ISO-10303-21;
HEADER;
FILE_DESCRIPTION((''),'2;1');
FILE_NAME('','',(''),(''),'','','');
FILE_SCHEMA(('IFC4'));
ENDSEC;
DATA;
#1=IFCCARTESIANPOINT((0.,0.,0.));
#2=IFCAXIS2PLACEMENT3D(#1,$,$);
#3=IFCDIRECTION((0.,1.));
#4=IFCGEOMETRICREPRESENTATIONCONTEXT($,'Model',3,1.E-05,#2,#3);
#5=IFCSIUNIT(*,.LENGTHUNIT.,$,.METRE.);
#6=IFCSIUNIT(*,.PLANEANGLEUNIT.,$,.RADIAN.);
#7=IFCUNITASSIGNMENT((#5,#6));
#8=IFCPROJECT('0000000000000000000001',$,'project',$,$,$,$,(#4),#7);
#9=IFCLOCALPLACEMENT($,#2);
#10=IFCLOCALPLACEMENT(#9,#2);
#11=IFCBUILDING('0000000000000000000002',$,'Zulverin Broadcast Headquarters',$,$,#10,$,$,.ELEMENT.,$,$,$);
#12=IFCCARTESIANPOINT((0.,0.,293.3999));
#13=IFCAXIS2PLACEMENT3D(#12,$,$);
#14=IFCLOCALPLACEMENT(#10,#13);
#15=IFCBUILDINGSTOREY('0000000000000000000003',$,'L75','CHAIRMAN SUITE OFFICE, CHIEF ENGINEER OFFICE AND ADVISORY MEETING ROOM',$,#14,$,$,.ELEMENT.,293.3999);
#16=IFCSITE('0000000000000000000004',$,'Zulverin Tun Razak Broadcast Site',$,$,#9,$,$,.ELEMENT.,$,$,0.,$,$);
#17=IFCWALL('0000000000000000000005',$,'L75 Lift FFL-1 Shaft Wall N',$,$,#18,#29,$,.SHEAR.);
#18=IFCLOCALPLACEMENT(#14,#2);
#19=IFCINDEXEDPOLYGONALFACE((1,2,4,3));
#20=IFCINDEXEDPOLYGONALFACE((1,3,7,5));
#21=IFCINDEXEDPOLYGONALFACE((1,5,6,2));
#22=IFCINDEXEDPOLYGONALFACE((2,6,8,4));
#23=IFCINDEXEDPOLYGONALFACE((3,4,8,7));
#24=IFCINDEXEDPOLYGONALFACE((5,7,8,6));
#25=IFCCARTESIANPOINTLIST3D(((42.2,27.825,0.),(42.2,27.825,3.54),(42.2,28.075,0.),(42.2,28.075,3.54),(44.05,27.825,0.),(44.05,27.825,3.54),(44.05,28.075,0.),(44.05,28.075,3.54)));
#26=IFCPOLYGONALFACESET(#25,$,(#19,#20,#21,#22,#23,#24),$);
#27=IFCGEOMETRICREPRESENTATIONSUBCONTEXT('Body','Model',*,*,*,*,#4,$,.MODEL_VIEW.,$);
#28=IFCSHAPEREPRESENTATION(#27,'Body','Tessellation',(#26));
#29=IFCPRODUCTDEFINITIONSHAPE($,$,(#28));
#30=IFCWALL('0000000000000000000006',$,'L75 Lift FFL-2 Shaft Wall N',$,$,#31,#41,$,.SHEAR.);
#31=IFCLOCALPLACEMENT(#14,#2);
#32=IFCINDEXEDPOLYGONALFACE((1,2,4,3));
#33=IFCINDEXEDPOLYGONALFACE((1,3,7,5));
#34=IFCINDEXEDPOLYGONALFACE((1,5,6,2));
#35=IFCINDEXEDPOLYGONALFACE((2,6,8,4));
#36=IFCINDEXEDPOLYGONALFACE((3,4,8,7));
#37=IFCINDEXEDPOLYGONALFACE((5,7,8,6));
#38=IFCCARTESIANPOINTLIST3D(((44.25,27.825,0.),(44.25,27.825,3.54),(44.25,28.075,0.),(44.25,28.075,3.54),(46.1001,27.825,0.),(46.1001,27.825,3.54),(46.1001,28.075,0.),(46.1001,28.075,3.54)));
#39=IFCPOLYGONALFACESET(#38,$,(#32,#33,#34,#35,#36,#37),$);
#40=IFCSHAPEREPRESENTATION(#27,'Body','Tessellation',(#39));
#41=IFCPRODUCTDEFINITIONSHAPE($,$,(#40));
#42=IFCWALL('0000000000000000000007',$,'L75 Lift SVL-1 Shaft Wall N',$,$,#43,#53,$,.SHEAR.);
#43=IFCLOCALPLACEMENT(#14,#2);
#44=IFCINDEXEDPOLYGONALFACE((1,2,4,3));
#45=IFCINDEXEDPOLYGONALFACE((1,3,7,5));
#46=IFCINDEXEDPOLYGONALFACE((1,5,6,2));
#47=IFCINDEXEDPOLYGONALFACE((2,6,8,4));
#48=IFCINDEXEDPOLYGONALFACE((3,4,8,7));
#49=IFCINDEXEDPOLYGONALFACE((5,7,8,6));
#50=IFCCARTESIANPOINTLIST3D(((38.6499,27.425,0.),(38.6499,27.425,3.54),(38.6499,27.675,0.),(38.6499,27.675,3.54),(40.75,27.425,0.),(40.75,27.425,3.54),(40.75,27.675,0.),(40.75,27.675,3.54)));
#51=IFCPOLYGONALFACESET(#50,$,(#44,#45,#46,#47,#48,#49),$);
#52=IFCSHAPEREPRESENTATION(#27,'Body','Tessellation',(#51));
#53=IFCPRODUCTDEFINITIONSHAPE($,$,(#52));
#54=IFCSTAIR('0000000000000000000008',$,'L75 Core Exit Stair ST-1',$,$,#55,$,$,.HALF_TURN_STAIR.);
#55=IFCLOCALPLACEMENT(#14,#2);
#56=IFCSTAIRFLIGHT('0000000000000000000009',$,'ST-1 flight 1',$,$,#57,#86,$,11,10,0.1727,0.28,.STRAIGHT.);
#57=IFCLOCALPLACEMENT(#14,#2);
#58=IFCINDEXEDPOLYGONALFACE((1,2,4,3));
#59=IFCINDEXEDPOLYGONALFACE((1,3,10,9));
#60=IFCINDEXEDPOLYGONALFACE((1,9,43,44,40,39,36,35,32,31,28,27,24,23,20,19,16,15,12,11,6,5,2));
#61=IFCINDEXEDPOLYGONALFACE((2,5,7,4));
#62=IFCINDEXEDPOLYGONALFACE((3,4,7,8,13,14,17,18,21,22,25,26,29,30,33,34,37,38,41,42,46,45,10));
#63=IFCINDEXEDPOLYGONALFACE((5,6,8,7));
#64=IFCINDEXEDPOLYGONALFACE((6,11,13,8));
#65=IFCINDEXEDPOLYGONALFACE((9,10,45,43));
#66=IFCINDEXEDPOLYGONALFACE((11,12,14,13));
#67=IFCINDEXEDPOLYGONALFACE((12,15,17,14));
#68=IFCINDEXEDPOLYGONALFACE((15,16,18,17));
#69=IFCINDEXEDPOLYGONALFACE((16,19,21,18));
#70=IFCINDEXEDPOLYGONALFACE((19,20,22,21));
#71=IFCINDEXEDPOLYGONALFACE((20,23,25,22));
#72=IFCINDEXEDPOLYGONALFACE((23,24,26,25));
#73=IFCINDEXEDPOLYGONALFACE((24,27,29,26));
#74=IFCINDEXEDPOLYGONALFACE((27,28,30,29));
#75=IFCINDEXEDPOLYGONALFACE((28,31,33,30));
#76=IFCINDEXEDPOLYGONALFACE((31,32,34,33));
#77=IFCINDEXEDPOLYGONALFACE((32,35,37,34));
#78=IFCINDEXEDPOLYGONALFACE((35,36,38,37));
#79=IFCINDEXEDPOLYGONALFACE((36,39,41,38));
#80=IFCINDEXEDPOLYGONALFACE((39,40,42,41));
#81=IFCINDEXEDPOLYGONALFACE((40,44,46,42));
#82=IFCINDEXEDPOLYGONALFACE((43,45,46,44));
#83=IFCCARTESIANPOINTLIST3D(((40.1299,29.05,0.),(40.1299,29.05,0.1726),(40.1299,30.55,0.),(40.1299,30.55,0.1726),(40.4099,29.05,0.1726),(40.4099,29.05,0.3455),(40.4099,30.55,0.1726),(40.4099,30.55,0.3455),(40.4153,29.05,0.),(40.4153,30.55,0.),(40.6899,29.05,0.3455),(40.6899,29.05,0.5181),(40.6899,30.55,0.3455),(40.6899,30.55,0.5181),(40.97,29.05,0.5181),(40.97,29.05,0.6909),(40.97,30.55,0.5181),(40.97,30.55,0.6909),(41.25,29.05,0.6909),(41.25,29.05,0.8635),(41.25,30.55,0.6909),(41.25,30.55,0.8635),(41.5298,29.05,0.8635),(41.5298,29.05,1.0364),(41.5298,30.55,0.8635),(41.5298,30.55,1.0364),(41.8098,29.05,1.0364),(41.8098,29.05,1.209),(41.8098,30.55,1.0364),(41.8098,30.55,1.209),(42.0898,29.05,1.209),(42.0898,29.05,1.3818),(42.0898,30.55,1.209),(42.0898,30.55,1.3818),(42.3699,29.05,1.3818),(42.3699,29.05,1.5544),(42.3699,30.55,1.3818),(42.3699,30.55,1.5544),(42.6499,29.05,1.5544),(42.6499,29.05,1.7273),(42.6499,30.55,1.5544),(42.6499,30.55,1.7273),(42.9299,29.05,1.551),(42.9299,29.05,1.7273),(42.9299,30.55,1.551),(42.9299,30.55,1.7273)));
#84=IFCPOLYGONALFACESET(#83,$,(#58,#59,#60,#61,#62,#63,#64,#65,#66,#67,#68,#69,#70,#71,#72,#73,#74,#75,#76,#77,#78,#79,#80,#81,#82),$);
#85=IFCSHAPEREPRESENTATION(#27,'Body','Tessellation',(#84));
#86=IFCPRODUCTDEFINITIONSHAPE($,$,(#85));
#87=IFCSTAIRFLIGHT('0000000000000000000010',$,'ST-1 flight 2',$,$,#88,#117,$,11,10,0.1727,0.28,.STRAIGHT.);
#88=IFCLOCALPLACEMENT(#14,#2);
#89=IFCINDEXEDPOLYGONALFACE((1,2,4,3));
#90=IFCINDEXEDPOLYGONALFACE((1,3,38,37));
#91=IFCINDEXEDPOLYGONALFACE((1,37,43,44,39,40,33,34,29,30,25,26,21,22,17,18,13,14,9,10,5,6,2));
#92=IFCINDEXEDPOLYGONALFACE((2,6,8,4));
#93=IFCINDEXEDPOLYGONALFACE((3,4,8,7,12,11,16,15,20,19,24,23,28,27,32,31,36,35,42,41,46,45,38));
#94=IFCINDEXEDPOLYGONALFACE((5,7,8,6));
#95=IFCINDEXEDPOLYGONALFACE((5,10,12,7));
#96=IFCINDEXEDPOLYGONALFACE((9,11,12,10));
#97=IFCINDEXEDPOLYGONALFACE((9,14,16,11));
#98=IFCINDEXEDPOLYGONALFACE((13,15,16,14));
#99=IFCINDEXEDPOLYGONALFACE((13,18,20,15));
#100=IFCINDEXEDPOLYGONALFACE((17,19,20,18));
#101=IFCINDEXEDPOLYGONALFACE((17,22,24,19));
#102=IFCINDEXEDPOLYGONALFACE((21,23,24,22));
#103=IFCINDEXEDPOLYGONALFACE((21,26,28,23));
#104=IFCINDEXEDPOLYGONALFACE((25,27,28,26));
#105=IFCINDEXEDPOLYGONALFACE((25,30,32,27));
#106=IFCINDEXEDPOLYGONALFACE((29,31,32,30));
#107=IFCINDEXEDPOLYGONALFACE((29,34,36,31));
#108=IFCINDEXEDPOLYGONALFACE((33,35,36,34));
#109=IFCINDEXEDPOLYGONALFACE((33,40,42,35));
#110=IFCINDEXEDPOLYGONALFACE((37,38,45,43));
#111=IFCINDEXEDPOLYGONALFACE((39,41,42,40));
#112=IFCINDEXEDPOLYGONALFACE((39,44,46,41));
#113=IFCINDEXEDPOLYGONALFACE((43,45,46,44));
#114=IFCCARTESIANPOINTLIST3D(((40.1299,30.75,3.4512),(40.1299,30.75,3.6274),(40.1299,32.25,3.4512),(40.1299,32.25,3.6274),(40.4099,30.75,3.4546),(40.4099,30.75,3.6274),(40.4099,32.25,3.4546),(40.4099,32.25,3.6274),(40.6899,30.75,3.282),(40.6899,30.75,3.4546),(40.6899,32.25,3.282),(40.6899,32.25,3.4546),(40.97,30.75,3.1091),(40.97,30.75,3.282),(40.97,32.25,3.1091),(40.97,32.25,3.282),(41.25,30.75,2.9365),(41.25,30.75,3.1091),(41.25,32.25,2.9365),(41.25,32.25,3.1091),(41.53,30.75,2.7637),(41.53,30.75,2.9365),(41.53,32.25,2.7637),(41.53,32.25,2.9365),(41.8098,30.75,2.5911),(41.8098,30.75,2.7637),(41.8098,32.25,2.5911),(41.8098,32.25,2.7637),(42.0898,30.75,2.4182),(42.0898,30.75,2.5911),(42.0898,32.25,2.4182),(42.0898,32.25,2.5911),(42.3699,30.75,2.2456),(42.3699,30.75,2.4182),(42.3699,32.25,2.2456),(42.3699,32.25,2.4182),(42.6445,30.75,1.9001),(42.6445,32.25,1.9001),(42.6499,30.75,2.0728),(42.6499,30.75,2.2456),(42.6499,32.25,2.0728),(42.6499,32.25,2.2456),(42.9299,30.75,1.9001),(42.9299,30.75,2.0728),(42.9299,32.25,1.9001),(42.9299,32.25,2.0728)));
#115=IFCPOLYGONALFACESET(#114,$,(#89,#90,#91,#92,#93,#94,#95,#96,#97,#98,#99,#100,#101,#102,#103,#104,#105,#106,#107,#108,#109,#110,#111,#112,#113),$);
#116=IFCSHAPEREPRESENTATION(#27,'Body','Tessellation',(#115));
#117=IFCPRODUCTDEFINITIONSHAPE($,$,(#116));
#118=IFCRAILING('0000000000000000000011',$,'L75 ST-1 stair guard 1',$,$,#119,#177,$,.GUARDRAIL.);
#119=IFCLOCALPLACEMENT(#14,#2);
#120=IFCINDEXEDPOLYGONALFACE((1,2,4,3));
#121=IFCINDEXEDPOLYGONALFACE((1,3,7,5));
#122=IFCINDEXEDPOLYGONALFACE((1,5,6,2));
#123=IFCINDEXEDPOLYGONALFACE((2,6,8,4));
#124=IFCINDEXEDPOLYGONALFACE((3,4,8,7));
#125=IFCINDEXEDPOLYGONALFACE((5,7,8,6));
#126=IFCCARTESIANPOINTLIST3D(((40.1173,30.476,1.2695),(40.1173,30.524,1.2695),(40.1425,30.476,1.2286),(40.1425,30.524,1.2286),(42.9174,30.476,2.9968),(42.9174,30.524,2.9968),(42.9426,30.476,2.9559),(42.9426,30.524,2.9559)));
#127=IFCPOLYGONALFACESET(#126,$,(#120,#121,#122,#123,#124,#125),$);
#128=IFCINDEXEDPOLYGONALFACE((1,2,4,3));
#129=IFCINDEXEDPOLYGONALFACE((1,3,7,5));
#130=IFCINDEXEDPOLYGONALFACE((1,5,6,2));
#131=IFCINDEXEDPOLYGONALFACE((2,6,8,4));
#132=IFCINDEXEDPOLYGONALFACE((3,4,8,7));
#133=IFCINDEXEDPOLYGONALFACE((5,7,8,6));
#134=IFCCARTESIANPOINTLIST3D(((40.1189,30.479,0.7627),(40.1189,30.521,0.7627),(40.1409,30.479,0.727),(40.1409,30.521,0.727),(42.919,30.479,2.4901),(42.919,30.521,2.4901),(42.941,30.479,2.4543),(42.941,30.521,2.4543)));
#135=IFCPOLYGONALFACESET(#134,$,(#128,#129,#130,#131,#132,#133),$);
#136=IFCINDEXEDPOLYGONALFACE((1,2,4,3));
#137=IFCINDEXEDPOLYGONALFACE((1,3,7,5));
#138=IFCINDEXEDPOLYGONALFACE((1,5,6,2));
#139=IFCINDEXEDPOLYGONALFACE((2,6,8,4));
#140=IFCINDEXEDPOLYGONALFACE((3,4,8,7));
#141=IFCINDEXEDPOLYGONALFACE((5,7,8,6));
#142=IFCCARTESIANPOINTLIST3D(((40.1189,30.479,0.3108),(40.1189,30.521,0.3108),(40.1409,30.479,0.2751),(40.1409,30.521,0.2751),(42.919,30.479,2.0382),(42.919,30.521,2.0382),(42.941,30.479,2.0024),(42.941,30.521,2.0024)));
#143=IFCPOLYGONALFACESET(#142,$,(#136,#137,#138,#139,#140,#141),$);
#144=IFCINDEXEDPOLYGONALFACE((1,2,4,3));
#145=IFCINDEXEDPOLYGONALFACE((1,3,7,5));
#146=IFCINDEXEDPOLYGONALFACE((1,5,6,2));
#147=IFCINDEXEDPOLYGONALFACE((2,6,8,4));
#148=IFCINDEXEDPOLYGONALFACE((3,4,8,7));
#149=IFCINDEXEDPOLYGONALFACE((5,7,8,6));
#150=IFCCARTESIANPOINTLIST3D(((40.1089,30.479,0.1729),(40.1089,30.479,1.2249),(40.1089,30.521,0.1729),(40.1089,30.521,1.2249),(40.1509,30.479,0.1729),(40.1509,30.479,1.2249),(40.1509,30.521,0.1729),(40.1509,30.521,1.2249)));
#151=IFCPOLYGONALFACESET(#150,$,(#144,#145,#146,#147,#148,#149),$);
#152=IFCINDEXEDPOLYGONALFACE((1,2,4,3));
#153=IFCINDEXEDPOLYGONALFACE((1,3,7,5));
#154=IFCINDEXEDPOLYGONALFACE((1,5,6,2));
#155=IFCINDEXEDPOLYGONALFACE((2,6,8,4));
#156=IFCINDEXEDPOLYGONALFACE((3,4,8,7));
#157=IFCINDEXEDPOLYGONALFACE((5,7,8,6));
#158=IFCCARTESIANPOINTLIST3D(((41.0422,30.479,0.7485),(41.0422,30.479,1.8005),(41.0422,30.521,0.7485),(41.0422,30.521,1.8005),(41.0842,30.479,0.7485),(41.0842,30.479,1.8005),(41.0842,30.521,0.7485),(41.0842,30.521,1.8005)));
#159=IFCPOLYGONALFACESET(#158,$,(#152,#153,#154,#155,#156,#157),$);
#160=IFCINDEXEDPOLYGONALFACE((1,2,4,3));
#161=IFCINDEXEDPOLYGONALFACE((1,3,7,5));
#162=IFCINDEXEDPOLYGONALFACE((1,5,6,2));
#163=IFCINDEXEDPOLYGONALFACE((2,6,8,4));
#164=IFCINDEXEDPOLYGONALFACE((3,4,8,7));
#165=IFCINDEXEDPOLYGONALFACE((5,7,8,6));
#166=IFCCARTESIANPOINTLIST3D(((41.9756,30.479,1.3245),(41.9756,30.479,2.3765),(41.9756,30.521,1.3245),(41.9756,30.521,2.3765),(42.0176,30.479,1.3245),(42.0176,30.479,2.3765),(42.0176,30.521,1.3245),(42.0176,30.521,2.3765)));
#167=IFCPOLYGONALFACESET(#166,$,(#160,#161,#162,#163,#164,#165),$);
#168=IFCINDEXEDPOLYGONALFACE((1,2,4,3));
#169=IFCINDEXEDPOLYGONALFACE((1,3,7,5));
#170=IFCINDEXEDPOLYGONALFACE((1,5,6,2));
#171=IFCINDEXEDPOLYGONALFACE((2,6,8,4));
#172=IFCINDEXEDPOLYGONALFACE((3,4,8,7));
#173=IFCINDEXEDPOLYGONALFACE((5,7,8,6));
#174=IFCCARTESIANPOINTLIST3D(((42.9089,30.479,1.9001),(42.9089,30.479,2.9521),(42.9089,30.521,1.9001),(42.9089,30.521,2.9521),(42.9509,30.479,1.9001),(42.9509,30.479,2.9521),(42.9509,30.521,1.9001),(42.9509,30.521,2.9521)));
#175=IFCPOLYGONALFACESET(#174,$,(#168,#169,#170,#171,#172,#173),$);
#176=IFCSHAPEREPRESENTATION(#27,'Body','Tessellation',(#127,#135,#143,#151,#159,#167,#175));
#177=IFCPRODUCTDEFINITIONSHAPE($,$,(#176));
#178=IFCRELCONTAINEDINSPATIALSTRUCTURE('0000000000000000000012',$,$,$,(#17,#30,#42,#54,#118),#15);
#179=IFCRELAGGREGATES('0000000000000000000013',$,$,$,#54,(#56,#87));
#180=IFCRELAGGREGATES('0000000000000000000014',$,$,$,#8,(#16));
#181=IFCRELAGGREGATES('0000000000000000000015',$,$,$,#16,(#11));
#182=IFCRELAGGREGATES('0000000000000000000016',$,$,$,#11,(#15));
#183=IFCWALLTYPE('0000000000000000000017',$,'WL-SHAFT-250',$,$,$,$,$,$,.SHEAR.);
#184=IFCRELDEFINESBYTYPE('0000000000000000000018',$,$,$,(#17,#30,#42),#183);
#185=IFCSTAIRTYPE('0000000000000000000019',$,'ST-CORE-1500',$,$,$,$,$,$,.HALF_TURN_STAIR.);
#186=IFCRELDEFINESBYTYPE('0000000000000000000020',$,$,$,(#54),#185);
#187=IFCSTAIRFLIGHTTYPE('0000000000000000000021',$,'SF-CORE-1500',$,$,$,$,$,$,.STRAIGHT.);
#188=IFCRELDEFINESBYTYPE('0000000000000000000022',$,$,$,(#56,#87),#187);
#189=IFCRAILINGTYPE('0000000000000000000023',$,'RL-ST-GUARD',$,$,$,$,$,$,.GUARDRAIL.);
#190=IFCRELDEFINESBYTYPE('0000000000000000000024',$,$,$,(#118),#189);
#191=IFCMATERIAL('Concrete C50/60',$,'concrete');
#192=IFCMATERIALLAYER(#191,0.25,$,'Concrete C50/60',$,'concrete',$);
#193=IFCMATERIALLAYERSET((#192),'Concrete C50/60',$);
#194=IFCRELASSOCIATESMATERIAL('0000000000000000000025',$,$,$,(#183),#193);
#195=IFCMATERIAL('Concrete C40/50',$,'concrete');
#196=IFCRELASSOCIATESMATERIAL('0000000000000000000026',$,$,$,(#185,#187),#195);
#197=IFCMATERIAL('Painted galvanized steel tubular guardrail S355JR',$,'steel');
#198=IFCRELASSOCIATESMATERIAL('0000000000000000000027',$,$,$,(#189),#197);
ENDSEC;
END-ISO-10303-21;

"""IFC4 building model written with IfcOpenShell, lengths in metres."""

from ifc_helpers import new_model, si_unit, direction, frame, frame_2d, origin, origin_2d, place, context, subcontext, project, spatial, polyline, rectangle, outline, extrude, material, layer, layer_set, type_object, element, aggregate, save


model = new_model("IFC4")

# Units and contexts
model_context = context("Model", 3, precision=1e-05, world=origin(), true_north=direction((0.0, 1.0)))
body_context = subcontext(model_context, "Body", "Model", "MODEL_VIEW")
ifc_project = project(units=[si_unit("LENGTHUNIT", "METRE"), si_unit("PLANEANGLEUNIT", "RADIAN")], contexts=[model_context])

# Site, building, storey
site_placement = place(None, origin())
site = spatial("IfcSite", under=ifc_project, at=site_placement, Name="Zulverin Tun Razak Broadcast Site", CompositionType="ELEMENT", RefElevation=0.0)
building_placement = place(site_placement, origin())
building = spatial("IfcBuilding", under=site, at=building_placement, Name="Zulverin Broadcast Headquarters", CompositionType="ELEMENT")
storey_placement = place(building_placement, frame((0.0, 0.0, 293.3999)))
storey = spatial("IfcBuildingStorey", under=building, at=storey_placement, Name="L75", Description="CHAIRMAN SUITE OFFICE, CHIEF ENGINEER OFFICE AND ADVISORY MEETING ROOM", CompositionType="ELEMENT", Elevation=293.3999)

# Shared definitions
ifc_material_1 = material(Name="Concrete C50/60", Category="concrete")

# Shared definitions
ifc_material_2 = material(Name="Concrete C40/50", Category="concrete")

# Shared definitions
ifc_layer_1 = layer(ifc_material_1, 0.25, Name="Concrete C50/60", Category="concrete")
ifc_layer_set_1 = layer_set([ifc_layer_1], Name="Concrete C50/60")
wall_type_1 = type_object("IfcWallType", Name="WL-SHAFT-250", PredefinedType="SHEAR", material=ifc_layer_set_1)

# Walls
for number, where, z_axis, x_axis, name in (
    (1, (42.2, 27.95, 0.0), (0.0, 0.0, 1.0), (1.0, 0.0, 0.0), "L75 Lift FFL-1 Shaft Wall N"),
    (2, (44.25, 27.95, 0.0), (0.0, 0.0, 1.0), (1.0, 0.0, 0.0), "L75 Lift FFL-2 Shaft Wall N"),
):
    element("IfcWall", number, at=place(storey_placement, frame(where, z_axis=z_axis, x_axis=x_axis)), inside=storey, type_object=wall_type_1, Name=name, PredefinedType="SHEAR", context=body_context, shape_type="SweptSolid", body=[
        extrude(rectangle(XDim=1.8501, YDim=0.25, at=frame_2d((0.925, 0.0))), origin(), (0.0, 0.0, 1.0), 3.54),
    ])
wall_1_placement = place(storey_placement, frame((38.6499, 27.55, 0.0), z_axis=(0.0, 0.0, 1.0), x_axis=(1.0, 0.0, 0.0)))
element("IfcWall", 3, at=wall_1_placement, inside=storey, type_object=wall_type_1, Name="L75 Lift SVL-1 Shaft Wall N", PredefinedType="SHEAR", context=body_context, shape_type="SweptSolid", body=[
    extrude(rectangle(XDim=2.1001, YDim=0.25, at=frame_2d((1.05, 0.0))), origin(), (0.0, 0.0, 1.0), 3.54),
])

# Stair, stair flights
stair_type = type_object("IfcStairType", Name="ST-CORE-1500", PredefinedType="HALF_TURN_STAIR", material=ifc_material_2)
stair_placement = place(storey_placement, origin())
stair = element("IfcStair", 4, at=stair_placement, inside=storey, type_object=stair_type, Name="L75 Core Exit Stair ST-1", PredefinedType="HALF_TURN_STAIR")
stair_flight_type = type_object("IfcStairFlightType", Name="SF-CORE-1500", PredefinedType="STRAIGHT", material=ifc_material_2)
stair_flight_1_placement = place(storey_placement, frame((40.1299, 29.8, 0.0), z_axis=(0.0, 0.0, 1.0), x_axis=(1.0, 0.0, 0.0)))
stair_flight_1 = element("IfcStairFlight", 5, at=stair_flight_1_placement, type_object=stair_flight_type, Name="ST-1 flight 1", NumberOfRisers=11, NumberOfTreads=10, PredefinedType="STRAIGHT", RiserHeight=0.1727, TreadLength=0.28, context=body_context, shape_type="SweptSolid", body=[
    extrude(outline(polyline([(0.0, 0.0), (0.0, 0.1726), (0.28, 0.1726), (0.28, 0.3455), (0.5601, 0.3455), (0.5601, 0.5181), (0.8401, 0.5181), (0.8401, 0.6909), (1.1201, 0.6909), (1.1201, 0.8635), (1.3999, 0.8635), (1.3999, 1.0364), (1.6799, 1.0364), (1.6799, 1.209), (1.96, 1.209), (1.96, 1.3818), (2.24, 1.3818), (2.24, 1.5544), (2.52, 1.5544), (2.52, 1.7273), (2.8, 1.7273), (2.8, 1.8999), (2.8, 1.551), (0.2854, 0.0), (0.0, 0.0)])), frame((0.0, 0.75, 0.0), z_axis=(0.0, -1.0, 0.0), x_axis=(1.0, 0.0, 0.0)), (0.0, 0.0, 1.0), 1.5),
])
stair_flight_2_placement = place(storey_placement, frame((42.9299, 31.5, 1.9001), z_axis=(0.0, 0.0, 1.0), x_axis=(-1.0, 0.0, 0.0)))
stair_flight_2 = element("IfcStairFlight", 6, at=stair_flight_2_placement, type_object=stair_flight_type, Name="ST-1 flight 2", NumberOfRisers=11, NumberOfTreads=10, PredefinedType="STRAIGHT", RiserHeight=0.1727, TreadLength=0.28, context=body_context, shape_type="SweptSolid", body=[
    extrude(outline(polyline([(0.0, 0.0), (0.0, 0.1726), (0.28, 0.1726), (0.28, 0.3455), (0.5601, 0.3455), (0.5601, 0.5181), (0.8401, 0.5181), (0.8401, 0.6909), (1.1201, 0.6909), (1.1201, 0.8635), (1.3999, 0.8635), (1.3999, 1.0364), (1.6799, 1.0364), (1.6799, 1.209), (1.96, 1.209), (1.96, 1.3818), (2.24, 1.3818), (2.24, 1.5544), (2.52, 1.5544), (2.52, 1.7273), (2.8, 1.7273), (2.8, 1.8999), (2.8, 1.551), (0.2854, 0.0), (0.0, 0.0)])), frame((0.0, 0.75, 0.0), z_axis=(0.0, -1.0, 0.0), x_axis=(1.0, 0.0, 0.0)), (0.0, 0.0, 1.0), 1.5),
])
aggregate(stair, [stair_flight_1, stair_flight_2])

# Railing
ifc_material_3 = material(Name="Painted galvanized steel tubular guardrail S355JR", Category="steel")
railing_type_1 = type_object("IfcRailingType", Name="RL-ST-GUARD", PredefinedType="GUARDRAIL", material=ifc_material_3)
railing_1_placement = place(storey_placement, frame((40.1299, 30.5, 0.1729)))
element("IfcRailing", 7, at=railing_1_placement, inside=storey, type_object=railing_type_1, Name="L75 ST-1 stair guard 1", PredefinedType="GUARDRAIL", context=body_context, shape_type="SweptSolid", body=[
    extrude(rectangle(XDim=0.0481, YDim=0.0481, at=origin_2d()), frame((0.0, 0.0, 1.0762), z_axis=(0.85109, 0.0, 0.52502), x_axis=(0.0, 1.0, 0.0)), (0.0, 0.0, 1.0), 3.29),
    extrude(rectangle(XDim=0.042, YDim=0.042, at=origin_2d()), frame((0.0, 0.0, 0.572), z_axis=(0.85109, 0.0, 0.52502), x_axis=(0.0, 1.0, 0.0)), (0.0, 0.0, 1.0), 3.29),
    extrude(rectangle(XDim=0.042, YDim=0.042, at=origin_2d()), frame((0.0, 0.0, 0.1201), z_axis=(0.85109, 0.0, 0.52502), x_axis=(0.0, 1.0, 0.0)), (0.0, 0.0, 1.0), 3.29),
    extrude(rectangle(XDim=0.042, YDim=0.042, at=origin_2d()), origin(), (0.0, 0.0, 1.0), 1.052),
    extrude(rectangle(XDim=0.042, YDim=0.042, at=origin_2d()), frame((0.9333, 0.0, 0.5757)), (0.0, 0.0, 1.0), 1.052),
    extrude(rectangle(XDim=0.042, YDim=0.042, at=origin_2d()), frame((1.8667, 0.0, 1.1516)), (0.0, 0.0, 1.0), 1.052),
    extrude(rectangle(XDim=0.042, YDim=0.042, at=origin_2d()), frame((2.8, 0.0, 1.7273)), (0.0, 0.0, 1.0), 1.052),
])

save(model, "model.ifc")
